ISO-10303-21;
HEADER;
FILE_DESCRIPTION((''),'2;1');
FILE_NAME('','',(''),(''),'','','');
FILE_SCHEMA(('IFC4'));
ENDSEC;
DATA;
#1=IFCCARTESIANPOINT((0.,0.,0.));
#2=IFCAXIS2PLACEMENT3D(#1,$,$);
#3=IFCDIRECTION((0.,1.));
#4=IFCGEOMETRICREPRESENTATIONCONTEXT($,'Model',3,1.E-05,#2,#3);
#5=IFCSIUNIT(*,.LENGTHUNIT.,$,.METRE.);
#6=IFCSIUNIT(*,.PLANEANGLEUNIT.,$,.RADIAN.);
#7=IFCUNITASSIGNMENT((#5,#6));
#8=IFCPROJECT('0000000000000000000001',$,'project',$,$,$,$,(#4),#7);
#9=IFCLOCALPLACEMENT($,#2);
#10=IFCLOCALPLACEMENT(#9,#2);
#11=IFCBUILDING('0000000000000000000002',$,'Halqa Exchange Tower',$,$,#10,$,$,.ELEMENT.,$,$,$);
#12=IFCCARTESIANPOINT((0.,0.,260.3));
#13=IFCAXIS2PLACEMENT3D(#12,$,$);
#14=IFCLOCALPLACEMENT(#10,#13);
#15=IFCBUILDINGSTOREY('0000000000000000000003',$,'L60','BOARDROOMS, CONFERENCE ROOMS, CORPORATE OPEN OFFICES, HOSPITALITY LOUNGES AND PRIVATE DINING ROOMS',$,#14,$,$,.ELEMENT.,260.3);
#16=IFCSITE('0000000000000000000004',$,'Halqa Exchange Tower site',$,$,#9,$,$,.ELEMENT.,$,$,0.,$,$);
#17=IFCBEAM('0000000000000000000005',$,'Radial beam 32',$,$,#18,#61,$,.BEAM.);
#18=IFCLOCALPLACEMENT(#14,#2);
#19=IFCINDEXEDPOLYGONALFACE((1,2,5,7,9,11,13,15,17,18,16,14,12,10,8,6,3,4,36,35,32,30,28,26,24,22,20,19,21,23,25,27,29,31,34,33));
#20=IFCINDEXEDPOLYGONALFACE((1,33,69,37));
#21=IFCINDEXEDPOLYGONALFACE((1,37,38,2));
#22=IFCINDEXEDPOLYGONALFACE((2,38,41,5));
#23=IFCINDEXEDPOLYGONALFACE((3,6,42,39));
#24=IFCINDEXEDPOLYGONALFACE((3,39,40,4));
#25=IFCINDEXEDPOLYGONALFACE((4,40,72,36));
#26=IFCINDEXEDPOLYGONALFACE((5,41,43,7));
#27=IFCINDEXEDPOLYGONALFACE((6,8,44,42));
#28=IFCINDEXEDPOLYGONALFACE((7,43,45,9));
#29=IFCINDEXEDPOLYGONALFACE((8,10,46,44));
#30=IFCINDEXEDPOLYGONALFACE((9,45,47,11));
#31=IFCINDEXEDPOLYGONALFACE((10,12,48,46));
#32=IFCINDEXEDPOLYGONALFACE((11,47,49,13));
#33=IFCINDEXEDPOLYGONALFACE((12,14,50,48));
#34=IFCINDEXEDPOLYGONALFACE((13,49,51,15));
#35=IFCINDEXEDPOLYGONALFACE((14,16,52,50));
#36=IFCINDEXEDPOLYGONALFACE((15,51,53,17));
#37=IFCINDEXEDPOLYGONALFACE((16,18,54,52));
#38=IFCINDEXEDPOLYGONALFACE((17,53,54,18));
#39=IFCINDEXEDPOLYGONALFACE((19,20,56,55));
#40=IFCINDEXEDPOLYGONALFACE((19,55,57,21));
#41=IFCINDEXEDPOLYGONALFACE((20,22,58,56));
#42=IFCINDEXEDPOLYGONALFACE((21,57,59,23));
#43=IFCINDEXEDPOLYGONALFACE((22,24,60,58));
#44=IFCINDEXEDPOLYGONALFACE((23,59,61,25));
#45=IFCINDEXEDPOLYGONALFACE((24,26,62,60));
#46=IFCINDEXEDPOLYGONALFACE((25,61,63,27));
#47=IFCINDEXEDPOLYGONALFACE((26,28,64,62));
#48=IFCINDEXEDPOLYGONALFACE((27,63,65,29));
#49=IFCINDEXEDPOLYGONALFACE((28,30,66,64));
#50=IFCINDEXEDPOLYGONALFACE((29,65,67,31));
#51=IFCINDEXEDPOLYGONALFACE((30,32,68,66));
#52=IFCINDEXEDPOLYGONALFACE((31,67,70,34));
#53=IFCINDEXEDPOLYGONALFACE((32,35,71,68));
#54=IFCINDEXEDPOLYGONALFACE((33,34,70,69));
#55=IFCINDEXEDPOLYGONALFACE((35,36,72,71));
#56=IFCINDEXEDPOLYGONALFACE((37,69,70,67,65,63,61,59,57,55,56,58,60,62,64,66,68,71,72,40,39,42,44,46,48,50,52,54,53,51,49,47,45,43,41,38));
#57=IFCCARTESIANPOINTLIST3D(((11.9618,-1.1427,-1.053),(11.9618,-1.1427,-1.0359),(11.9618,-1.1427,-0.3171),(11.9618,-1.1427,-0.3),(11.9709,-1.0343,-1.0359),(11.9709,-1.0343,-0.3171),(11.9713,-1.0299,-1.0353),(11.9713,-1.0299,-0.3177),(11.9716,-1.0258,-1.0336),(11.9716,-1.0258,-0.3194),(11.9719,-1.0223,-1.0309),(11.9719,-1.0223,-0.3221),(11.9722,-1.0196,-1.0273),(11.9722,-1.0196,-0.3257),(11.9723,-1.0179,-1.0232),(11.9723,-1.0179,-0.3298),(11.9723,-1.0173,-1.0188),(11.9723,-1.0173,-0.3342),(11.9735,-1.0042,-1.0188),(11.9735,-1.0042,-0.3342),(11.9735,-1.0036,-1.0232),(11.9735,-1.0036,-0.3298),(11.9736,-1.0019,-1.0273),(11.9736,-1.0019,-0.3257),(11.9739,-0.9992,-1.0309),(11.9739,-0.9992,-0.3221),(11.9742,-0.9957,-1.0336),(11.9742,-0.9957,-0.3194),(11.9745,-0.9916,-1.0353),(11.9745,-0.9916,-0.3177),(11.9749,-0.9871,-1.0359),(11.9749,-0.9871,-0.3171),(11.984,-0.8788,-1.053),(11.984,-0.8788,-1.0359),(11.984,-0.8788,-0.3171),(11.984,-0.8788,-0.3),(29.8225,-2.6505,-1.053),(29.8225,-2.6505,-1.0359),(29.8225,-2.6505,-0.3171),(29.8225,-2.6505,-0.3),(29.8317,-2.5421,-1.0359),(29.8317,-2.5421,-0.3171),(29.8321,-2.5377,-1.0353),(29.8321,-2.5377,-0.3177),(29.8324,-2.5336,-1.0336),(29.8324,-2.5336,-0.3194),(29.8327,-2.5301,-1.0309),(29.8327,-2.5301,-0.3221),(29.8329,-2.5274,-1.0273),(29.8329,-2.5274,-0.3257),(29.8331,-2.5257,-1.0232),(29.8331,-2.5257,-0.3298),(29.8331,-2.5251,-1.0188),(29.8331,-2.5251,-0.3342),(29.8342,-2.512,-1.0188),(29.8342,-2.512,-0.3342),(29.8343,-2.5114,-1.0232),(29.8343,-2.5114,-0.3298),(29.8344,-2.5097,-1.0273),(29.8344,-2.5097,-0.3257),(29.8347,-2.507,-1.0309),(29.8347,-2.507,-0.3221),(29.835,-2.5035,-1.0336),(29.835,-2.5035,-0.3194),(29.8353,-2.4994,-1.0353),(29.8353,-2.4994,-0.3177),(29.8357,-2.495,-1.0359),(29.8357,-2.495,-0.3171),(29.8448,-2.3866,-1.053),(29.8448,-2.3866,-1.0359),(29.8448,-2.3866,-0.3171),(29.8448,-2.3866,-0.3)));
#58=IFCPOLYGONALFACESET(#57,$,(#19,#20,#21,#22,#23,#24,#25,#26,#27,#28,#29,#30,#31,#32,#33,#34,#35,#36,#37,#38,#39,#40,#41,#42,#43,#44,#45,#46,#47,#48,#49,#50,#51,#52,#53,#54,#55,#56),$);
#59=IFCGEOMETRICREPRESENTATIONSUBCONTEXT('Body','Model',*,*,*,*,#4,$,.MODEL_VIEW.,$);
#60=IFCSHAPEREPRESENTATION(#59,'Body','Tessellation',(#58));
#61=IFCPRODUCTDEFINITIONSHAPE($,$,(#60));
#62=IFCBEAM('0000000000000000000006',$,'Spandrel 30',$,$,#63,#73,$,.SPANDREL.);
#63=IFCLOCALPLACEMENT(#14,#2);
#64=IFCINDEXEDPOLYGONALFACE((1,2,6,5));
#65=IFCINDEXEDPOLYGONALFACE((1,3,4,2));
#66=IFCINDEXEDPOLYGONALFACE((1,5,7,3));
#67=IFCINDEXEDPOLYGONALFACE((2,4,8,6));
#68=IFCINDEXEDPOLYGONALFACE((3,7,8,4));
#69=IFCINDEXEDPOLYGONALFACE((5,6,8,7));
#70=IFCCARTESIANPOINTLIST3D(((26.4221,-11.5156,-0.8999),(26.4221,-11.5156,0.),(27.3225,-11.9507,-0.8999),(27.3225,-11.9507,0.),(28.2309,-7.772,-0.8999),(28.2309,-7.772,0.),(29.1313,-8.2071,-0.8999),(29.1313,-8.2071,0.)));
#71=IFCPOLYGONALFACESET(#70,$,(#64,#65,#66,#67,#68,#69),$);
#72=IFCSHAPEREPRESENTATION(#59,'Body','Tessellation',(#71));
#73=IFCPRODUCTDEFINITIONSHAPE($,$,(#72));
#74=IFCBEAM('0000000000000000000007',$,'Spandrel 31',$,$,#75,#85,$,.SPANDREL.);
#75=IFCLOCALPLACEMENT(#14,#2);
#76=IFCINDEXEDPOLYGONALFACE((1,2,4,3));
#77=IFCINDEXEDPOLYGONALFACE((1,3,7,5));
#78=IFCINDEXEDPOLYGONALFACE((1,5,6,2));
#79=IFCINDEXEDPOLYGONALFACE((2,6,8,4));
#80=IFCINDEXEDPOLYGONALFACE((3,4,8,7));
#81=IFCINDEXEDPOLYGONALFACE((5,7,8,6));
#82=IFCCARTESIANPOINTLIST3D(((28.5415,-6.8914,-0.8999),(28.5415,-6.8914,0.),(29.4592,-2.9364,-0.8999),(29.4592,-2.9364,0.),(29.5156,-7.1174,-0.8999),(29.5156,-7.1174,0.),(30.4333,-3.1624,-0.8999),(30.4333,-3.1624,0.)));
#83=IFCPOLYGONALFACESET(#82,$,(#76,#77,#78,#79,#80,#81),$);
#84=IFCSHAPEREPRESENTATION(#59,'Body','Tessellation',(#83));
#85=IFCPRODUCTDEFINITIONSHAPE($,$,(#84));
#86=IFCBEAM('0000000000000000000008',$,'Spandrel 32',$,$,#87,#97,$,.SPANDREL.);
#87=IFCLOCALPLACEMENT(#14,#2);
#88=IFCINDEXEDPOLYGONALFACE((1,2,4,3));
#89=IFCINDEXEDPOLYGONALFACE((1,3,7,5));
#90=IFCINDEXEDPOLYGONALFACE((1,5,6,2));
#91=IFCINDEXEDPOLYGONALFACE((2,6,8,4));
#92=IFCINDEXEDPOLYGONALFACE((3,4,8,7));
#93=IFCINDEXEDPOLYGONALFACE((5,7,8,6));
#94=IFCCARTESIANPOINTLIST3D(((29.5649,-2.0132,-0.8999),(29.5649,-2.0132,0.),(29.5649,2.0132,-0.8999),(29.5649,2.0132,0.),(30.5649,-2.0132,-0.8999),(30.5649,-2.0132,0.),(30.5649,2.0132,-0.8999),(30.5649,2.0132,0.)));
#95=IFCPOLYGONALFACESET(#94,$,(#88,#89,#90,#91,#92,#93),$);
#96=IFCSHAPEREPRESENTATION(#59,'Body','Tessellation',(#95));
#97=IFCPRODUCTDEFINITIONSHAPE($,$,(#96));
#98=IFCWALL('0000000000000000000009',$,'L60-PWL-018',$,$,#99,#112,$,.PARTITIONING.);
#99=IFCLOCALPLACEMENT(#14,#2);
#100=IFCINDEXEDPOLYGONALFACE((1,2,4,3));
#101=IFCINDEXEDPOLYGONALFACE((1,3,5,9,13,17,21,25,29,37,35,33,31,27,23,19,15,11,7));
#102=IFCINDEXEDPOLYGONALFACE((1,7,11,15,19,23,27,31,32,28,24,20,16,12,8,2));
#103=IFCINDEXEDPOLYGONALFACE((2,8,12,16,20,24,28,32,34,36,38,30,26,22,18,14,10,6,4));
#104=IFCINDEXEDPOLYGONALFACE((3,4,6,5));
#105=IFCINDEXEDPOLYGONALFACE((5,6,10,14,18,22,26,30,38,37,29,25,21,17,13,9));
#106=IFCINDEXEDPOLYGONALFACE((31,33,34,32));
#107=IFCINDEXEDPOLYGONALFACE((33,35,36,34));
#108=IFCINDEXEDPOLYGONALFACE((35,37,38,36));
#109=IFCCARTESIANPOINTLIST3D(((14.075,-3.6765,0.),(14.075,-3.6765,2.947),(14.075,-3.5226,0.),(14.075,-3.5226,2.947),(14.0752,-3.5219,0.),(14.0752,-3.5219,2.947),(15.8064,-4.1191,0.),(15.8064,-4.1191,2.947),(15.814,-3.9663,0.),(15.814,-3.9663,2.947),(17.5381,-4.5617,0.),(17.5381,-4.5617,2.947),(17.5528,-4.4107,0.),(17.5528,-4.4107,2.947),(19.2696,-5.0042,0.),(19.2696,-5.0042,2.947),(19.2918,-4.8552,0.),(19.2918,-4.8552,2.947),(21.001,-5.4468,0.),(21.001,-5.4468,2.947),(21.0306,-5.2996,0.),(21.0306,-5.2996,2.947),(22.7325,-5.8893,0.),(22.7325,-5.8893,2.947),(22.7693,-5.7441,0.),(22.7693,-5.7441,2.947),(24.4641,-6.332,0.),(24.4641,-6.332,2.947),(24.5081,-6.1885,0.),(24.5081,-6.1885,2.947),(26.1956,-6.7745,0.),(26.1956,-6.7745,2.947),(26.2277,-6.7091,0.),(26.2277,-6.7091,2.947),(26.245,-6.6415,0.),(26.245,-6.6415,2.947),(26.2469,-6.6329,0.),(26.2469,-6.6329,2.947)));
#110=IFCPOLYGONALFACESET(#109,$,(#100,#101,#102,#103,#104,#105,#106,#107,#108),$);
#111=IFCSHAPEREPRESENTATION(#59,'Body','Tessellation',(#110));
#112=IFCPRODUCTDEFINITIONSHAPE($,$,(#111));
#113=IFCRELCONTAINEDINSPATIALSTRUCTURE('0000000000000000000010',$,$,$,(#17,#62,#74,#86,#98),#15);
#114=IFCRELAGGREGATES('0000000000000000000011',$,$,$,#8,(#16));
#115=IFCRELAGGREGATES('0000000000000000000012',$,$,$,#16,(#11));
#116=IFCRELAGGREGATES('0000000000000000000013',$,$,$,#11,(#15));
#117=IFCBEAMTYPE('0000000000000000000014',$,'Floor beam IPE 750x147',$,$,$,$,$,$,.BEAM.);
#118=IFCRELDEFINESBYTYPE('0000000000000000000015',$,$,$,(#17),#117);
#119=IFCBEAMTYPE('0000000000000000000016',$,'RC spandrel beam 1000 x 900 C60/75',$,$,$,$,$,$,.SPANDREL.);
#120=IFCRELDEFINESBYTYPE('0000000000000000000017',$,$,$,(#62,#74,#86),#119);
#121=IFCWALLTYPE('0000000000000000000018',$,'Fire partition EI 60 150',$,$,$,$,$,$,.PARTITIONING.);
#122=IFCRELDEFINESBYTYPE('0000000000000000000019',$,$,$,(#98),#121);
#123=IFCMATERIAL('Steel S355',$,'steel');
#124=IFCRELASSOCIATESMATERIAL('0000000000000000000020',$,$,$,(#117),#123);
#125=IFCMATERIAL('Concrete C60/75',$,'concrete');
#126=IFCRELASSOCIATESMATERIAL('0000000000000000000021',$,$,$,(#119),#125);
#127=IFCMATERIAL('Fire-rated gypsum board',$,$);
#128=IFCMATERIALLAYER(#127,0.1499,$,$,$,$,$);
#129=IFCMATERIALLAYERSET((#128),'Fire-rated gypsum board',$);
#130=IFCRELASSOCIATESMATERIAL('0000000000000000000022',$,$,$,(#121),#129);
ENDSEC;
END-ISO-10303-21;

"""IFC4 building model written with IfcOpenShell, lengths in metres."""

from ifc_helpers import new_model, si_unit, direction, frame, origin, origin_2d, place, context, subcontext, project, spatial, polyline, rectangle, i_section, outline, extrude, material, layer, layer_set, material_profile, profile_set, type_object, element, save


model = new_model("IFC4")

# Units and contexts
model_context = context("Model", 3, precision=1e-05, world=origin(), true_north=direction((0.0, 1.0)))
body_context = subcontext(model_context, "Body", "Model", "MODEL_VIEW")
ifc_project = project(units=[si_unit("LENGTHUNIT", "METRE"), si_unit("PLANEANGLEUNIT", "RADIAN")], contexts=[model_context])

# Site, building, storey
site_placement = place(None, origin())
site = spatial("IfcSite", under=ifc_project, at=site_placement, Name="Halqa Exchange Tower site", CompositionType="ELEMENT", RefElevation=0.0)
building_placement = place(site_placement, origin())
building = spatial("IfcBuilding", under=site, at=building_placement, Name="Halqa Exchange Tower", CompositionType="ELEMENT")
storey_placement = place(building_placement, frame((0.0, 0.0, 260.3)))
storey = spatial("IfcBuildingStorey", under=building, at=storey_placement, Name="L60", Description="BOARDROOMS, CONFERENCE ROOMS, CORPORATE OPEN OFFICES, HOSPITALITY LOUNGES AND PRIVATE DINING ROOMS", CompositionType="ELEMENT", Elevation=260.3)

# Shared definitions
ifc_material_1 = material(Name="Concrete C60/75", Category="concrete")

# Beams
ifc_material_2 = material(Name="Steel S355", Category="steel")
ifc_material_profile_1 = material_profile(ifc_material_2, i_section(OverallWidth=0.2649, OverallDepth=0.7529, WebThickness=0.0132, FlangeThickness=0.0171, FilletRadius=0.0171, at=origin_2d()), Name="IPE 750x147")
ifc_profile_set_1 = profile_set([ifc_material_profile_1], Name="Steel S355")
beam_type_1 = type_object("IfcBeamType", Name="Floor beam IPE 750x147", PredefinedType="BEAM", material=ifc_profile_set_1)
beam_1_placement = place(storey_placement, frame((11.9729, -1.0107, -0.6765), z_axis=(0.996456, -0.084121, 0.0), x_axis=(0.084121, 0.996456, 0.0)))
element("IfcBeam", 1, at=beam_1_placement, inside=storey, type_object=beam_type_1, Name="Radial beam 32", PredefinedType="BEAM", context=body_context, shape_type="SweptSolid", body=[
    extrude(i_section(OverallWidth=0.2649, OverallDepth=0.7529, WebThickness=0.0132, FlangeThickness=0.0171, FilletRadius=0.0171, at=origin_2d()), origin(), (0.0, 0.0, 1.0), 17.9243),
])
ifc_material_profile_2 = material_profile(ifc_material_1, rectangle(XDim=1.0, YDim=0.8999, at=origin_2d()), Name="1000 x 900")
ifc_profile_set_2 = profile_set([ifc_material_profile_2], Name="Concrete C60/75")
beam_type_2 = type_object("IfcBeamType", Name="RC spandrel beam 1000 x 900 C60/75", PredefinedType="SPANDREL", material=ifc_profile_set_2)
beam_2_placement = place(storey_placement, frame((26.8723, -11.7332, -0.45), z_axis=(0.435053, 0.900405, 0.0), x_axis=(-0.900405, 0.435053, 0.0)))
element("IfcBeam", 2, at=beam_2_placement, inside=storey, type_object=beam_type_2, Name="Spandrel 30", PredefinedType="SPANDREL", context=body_context, shape_type="SweptSolid", body=[
    extrude(rectangle(XDim=1.0, YDim=0.8999, at=origin_2d()), origin(), (0.0, 0.0, 1.0), 4.1577),
])
beam_3_placement = place(storey_placement, frame((29.0286, -7.0044, -0.45), z_axis=(0.226032, 0.97412, 0.0), x_axis=(-0.97412, 0.226032, 0.0)))
element("IfcBeam", 3, at=beam_3_placement, inside=storey, type_object=beam_type_2, Name="Spandrel 31", PredefinedType="SPANDREL", context=body_context, shape_type="SweptSolid", body=[
    extrude(rectangle(XDim=1.0, YDim=0.8999, at=origin_2d()), origin(), (0.0, 0.0, 1.0), 4.0601),
])
beam_4_placement = place(storey_placement, frame((30.0649, -2.0132, -0.45), z_axis=(0.0, 1.0, 0.0), x_axis=(-1.0, 0.0, 0.0)))
element("IfcBeam", 4, at=beam_4_placement, inside=storey, type_object=beam_type_2, Name="Spandrel 32", PredefinedType="SPANDREL", context=body_context, shape_type="SweptSolid", body=[
    extrude(rectangle(XDim=1.0, YDim=0.8999, at=origin_2d()), origin(), (0.0, 0.0, 1.0), 4.0264),
])

# Wall
ifc_material_3 = material(Name="Fire-rated gypsum board")
ifc_layer_1 = layer(ifc_material_3, 0.1499)
ifc_layer_set_1 = layer_set([ifc_layer_1], Name="Fire-rated gypsum board")
wall_type_1 = type_object("IfcWallType", Name="Fire partition EI 60 150", PredefinedType="PARTITIONING", material=ifc_layer_set_1)
wall_1_placement = place(storey_placement, frame((14.0566, -3.5945, 0.0), z_axis=(0.0, 0.0, 1.0), x_axis=(0.968853, -0.247635, 0.0)))
element("IfcWall", 5, at=wall_1_placement, inside=storey, type_object=wall_type_1, Name="L60-PWL-018", PredefinedType="PARTITIONING", context=body_context, shape_type="SweptSolid", body=[
    extrude(outline(polyline([(0.0381, -0.075), (1.8252, -0.075), (3.6125, -0.075), (5.3997, -0.075), (7.1868, -0.075), (8.9739, -0.075), (10.7612, -0.075), (12.5483, -0.075), (12.5632, -0.0037), (12.5632, 0.0662), (12.563, 0.075), (10.7683, 0.075), (8.9736, 0.075), (7.179, 0.075), (5.3843, 0.075), (3.5894, 0.075), (1.7947, 0.075), (0.0, 0.075), (0.0, 0.0742), (0.0381, -0.075)])), origin(), (0.0, 0.0, 1.0), 2.947),
])

save(model, "model.ifc")
